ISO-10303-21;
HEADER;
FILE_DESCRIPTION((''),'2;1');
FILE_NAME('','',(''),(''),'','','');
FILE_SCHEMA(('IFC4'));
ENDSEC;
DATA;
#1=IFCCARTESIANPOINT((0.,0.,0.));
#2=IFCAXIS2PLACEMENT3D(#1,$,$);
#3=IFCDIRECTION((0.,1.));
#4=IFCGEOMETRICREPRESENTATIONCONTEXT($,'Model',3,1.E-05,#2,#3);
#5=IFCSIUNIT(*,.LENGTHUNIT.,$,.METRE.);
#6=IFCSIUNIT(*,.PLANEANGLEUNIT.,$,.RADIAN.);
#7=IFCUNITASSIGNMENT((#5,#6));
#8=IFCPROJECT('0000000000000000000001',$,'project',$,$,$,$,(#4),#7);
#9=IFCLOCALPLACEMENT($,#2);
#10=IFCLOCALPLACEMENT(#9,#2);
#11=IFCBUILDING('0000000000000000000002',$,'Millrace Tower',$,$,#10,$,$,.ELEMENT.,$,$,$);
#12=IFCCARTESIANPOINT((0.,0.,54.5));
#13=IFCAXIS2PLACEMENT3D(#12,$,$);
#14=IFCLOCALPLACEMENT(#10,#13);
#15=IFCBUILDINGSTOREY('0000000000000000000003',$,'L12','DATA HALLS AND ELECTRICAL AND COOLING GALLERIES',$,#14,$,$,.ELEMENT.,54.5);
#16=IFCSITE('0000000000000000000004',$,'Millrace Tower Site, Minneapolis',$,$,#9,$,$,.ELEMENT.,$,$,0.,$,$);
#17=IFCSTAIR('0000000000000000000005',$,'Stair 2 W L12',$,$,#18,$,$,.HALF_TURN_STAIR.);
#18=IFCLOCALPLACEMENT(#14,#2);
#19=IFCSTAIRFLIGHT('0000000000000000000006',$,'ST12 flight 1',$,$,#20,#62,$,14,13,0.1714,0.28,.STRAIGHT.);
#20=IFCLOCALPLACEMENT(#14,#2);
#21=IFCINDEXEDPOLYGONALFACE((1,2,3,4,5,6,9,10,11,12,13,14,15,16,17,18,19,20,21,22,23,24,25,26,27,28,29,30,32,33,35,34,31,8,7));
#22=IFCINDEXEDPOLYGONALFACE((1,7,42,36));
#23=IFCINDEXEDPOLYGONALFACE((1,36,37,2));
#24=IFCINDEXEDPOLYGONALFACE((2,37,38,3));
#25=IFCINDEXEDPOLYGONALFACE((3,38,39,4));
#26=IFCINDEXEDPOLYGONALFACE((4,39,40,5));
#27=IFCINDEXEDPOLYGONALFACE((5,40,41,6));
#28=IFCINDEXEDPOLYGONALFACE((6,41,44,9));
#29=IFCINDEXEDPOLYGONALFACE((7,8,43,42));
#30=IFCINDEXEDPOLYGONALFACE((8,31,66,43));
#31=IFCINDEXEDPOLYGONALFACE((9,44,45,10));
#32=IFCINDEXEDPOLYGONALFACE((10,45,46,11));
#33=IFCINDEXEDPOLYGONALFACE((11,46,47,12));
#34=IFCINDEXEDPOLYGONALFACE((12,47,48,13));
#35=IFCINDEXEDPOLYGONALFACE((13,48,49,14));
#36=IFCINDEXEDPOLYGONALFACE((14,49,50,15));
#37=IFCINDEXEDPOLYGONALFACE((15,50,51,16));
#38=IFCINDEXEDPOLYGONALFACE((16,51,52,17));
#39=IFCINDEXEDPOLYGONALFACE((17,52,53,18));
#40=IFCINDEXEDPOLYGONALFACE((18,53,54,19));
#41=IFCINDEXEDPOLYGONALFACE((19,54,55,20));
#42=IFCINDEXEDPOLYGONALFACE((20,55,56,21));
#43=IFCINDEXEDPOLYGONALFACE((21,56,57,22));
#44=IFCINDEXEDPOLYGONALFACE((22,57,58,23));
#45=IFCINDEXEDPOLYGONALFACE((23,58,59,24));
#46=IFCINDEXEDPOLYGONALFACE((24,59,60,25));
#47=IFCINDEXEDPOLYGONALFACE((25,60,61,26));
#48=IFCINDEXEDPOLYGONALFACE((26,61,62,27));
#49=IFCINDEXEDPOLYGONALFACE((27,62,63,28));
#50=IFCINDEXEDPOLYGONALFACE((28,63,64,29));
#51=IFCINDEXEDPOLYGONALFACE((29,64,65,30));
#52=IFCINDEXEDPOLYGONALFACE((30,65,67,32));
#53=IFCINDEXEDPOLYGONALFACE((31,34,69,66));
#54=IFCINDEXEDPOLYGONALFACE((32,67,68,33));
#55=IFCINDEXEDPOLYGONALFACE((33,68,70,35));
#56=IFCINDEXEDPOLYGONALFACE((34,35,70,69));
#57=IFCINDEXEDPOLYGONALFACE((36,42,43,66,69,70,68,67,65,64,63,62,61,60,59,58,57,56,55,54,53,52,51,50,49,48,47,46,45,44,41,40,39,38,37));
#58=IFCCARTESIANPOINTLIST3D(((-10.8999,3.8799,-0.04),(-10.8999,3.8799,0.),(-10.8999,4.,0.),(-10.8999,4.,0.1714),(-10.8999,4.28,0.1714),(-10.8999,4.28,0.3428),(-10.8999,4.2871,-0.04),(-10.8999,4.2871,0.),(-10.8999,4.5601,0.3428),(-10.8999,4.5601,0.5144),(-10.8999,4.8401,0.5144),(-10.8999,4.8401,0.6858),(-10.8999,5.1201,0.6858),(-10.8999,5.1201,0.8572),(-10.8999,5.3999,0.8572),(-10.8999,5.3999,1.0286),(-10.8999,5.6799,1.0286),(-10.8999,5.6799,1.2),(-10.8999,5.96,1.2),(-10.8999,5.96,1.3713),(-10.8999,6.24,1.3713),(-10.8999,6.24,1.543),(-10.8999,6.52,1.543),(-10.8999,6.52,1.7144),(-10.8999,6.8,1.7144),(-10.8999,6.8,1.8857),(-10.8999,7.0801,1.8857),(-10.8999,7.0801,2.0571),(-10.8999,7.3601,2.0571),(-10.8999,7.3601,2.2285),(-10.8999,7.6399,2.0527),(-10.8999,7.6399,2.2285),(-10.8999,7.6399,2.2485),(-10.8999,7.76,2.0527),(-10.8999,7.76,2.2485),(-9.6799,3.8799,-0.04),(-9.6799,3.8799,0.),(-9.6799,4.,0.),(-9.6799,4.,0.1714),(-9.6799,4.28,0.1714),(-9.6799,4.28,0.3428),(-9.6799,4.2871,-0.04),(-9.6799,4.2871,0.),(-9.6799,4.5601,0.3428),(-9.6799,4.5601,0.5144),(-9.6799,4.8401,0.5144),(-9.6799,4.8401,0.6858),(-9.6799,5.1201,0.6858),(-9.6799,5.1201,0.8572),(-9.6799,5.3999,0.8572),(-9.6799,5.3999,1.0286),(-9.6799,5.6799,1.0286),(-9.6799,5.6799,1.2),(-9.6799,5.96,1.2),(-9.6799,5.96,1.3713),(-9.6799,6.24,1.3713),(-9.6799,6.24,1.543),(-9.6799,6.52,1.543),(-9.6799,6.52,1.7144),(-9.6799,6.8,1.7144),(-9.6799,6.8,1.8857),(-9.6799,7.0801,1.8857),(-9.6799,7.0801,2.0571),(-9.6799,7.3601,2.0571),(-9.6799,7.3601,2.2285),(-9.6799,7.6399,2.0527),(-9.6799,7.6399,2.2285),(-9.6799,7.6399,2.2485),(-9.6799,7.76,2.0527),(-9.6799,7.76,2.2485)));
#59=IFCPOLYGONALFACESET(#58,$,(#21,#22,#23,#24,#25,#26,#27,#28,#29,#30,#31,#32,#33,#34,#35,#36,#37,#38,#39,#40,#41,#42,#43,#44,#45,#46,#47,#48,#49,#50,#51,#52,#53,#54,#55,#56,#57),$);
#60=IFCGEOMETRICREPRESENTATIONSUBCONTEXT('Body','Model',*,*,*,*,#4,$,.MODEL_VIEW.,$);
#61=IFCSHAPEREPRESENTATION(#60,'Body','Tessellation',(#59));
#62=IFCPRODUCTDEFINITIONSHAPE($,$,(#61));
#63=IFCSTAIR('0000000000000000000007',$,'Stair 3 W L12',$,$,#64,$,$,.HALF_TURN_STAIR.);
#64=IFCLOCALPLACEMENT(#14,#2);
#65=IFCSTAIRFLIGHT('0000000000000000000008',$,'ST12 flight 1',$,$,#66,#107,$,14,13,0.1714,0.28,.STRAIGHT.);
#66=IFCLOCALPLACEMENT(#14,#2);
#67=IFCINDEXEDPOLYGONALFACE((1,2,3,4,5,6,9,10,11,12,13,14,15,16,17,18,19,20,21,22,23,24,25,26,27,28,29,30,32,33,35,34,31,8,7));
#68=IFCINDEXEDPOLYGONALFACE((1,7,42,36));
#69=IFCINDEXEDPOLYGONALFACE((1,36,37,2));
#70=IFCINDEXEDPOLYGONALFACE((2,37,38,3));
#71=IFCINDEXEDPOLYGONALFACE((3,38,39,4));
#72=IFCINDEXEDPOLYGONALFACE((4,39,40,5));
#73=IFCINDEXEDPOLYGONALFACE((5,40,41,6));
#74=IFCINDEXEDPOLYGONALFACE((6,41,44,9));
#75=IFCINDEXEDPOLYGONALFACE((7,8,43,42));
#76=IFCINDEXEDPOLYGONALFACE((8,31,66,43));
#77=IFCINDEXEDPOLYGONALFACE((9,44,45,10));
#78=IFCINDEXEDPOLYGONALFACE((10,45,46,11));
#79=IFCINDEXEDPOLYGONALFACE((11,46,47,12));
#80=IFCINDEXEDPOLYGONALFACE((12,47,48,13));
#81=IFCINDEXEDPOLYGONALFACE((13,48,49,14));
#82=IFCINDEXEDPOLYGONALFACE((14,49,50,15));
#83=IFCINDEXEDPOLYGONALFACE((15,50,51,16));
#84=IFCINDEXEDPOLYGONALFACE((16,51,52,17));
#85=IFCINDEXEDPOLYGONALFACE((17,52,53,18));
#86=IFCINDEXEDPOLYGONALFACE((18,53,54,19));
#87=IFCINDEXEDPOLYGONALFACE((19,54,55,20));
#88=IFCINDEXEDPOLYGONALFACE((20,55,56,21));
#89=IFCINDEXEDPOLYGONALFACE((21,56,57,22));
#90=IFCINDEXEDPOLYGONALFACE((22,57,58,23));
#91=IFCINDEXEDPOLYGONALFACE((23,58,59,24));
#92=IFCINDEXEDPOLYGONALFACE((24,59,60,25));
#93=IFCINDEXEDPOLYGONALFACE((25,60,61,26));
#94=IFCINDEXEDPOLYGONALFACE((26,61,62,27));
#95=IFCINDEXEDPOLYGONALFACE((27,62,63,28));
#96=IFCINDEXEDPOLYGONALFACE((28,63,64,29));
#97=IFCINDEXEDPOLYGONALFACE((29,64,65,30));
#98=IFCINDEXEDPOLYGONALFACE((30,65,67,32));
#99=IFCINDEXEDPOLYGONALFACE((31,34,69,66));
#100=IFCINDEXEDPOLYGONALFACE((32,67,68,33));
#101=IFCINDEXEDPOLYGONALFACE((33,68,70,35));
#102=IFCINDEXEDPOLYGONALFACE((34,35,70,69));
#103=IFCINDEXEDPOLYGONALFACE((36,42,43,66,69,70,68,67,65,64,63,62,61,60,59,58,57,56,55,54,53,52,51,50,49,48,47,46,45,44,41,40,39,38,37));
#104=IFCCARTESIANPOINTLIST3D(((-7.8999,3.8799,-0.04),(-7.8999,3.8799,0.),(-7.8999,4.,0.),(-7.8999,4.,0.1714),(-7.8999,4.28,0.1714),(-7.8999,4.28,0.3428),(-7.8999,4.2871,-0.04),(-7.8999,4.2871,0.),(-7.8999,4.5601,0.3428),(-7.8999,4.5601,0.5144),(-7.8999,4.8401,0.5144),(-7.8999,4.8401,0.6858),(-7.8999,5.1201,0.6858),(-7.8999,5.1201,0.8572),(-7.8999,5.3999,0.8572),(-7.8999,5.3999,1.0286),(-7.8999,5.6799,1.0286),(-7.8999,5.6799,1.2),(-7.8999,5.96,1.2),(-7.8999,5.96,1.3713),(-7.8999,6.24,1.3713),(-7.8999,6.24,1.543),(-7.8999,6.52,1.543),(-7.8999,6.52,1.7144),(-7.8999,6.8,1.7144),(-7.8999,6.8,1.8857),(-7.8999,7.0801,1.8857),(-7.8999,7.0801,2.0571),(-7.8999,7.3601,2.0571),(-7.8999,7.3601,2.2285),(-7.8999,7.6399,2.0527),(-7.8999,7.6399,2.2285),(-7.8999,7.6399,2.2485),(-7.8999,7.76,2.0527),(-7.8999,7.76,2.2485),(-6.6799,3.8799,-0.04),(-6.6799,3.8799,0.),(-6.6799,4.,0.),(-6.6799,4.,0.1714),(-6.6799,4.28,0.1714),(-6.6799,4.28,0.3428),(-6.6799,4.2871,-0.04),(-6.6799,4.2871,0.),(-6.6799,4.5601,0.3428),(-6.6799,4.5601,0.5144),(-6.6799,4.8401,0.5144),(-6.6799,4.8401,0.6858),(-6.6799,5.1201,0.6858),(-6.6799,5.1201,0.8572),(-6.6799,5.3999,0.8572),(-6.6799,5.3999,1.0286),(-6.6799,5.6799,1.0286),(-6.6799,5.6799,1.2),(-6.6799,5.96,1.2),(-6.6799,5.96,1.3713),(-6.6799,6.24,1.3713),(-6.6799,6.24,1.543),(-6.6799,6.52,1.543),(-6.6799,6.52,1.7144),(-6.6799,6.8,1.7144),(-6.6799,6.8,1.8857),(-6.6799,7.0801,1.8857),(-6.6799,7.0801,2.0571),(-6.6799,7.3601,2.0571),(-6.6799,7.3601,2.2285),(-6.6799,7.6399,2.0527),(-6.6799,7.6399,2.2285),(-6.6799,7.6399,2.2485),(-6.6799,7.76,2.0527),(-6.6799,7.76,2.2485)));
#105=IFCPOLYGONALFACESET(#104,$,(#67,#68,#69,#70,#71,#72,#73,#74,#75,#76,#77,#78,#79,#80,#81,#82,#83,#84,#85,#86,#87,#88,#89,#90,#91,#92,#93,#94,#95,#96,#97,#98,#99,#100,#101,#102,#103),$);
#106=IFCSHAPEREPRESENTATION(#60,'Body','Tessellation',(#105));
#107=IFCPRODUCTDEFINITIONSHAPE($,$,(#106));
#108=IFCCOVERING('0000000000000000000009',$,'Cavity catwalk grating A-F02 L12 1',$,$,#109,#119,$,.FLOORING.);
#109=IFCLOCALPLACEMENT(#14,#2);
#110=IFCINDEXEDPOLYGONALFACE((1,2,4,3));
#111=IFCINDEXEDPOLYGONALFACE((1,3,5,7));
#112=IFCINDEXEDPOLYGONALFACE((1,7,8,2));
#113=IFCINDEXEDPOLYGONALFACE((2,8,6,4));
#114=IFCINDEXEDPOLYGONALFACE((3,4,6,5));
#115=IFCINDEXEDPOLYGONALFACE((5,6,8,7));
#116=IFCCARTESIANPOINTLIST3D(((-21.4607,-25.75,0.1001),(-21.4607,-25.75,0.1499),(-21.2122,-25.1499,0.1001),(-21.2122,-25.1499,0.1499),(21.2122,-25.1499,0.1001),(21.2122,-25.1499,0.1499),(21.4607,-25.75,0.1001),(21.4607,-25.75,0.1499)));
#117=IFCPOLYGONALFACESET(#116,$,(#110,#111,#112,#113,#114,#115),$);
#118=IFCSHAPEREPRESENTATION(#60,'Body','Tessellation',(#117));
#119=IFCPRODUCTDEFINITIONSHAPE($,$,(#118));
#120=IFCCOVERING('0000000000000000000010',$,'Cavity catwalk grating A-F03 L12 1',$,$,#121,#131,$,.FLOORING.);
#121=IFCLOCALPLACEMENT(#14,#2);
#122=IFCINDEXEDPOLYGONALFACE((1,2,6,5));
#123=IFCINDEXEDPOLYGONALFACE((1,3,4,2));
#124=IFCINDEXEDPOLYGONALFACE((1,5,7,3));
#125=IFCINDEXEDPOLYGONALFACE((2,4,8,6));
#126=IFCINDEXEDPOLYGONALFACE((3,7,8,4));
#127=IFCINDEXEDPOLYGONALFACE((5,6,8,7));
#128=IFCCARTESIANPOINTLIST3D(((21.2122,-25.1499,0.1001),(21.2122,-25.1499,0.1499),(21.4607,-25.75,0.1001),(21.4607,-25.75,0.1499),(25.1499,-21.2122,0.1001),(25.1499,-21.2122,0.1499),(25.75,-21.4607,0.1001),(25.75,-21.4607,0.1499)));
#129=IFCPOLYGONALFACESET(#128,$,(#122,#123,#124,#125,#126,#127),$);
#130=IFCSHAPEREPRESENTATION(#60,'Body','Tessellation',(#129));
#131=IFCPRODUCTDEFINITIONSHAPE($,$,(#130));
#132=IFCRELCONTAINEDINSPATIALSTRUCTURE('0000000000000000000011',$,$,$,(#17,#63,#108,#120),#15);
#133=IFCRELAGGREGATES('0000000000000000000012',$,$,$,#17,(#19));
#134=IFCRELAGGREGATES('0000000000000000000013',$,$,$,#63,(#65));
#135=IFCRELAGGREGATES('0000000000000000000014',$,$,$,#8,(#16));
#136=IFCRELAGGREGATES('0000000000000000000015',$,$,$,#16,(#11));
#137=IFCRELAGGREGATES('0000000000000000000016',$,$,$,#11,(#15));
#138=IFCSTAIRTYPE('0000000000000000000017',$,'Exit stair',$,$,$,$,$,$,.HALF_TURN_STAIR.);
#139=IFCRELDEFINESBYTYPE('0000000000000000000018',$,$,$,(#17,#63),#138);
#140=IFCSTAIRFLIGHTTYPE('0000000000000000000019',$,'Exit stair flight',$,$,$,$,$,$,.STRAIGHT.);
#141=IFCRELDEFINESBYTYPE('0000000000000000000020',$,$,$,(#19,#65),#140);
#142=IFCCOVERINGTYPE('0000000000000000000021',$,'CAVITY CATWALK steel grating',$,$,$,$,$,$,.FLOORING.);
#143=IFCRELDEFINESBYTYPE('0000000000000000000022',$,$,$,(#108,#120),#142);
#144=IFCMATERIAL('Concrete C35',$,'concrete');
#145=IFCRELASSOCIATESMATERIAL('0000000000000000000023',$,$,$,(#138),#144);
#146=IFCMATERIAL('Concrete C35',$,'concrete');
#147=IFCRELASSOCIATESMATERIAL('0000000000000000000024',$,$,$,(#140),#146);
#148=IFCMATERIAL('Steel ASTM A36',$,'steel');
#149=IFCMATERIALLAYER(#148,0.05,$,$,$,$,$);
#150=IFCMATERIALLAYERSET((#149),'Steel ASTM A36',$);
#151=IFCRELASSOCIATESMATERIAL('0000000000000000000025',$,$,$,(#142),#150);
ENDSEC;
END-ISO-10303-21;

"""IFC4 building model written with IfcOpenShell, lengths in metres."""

from ifc_helpers import new_model, si_unit, direction, frame, origin, place, context, subcontext, project, spatial, polyline, outline, extrude, material, layer, layer_set, type_object, element, aggregate, save


model = new_model("IFC4")

# Units and contexts
model_context = context("Model", 3, precision=1e-05, world=origin(), true_north=direction((0.0, 1.0)))
body_context = subcontext(model_context, "Body", "Model", "MODEL_VIEW")
ifc_project = project(units=[si_unit("LENGTHUNIT", "METRE"), si_unit("PLANEANGLEUNIT", "RADIAN")], contexts=[model_context])

# Site, building, storey
site_placement = place(None, origin())
site = spatial("IfcSite", under=ifc_project, at=site_placement, Name="Millrace Tower Site, Minneapolis", CompositionType="ELEMENT", RefElevation=0.0)
building_placement = place(site_placement, origin())
building = spatial("IfcBuilding", under=site, at=building_placement, Name="Millrace Tower", CompositionType="ELEMENT")
storey_placement = place(building_placement, frame((0.0, 0.0, 54.5)))
storey = spatial("IfcBuildingStorey", under=building, at=storey_placement, Name="L12", Description="DATA HALLS AND ELECTRICAL AND COOLING GALLERIES", CompositionType="ELEMENT", Elevation=54.5)

# Shared definitions
placement_1 = place(storey_placement, origin())

# Stairs, stair flights
ifc_material_1 = material(Name="Concrete C35", Category="concrete")
stair_type = type_object("IfcStairType", Name="Exit stair", PredefinedType="HALF_TURN_STAIR", material=ifc_material_1)
ifc_material_2 = material(Name="Concrete C35", Category="concrete")
stair_flight_type = type_object("IfcStairFlightType", Name="Exit stair flight", PredefinedType="STRAIGHT", material=ifc_material_2)
stair_1 = element("IfcStair", 1, at=placement_1, inside=storey, type_object=stair_type, Name="Stair 2 W L12", PredefinedType="HALF_TURN_STAIR")
stair_flight_1_placement = place(storey_placement, frame((-10.29, 4.0, 0.0), z_axis=(0.0, 0.0, 1.0), x_axis=(0.0, 1.0, 0.0)))
stair_flight_1 = element("IfcStairFlight", 2, at=stair_flight_1_placement, type_object=stair_flight_type, Name="ST12 flight 1", NumberOfRisers=14, NumberOfTreads=13, PredefinedType="STRAIGHT", RiserHeight=0.1714, TreadLength=0.28, context=body_context, shape_type="SweptSolid", body=[
    extrude(outline(polyline([(-0.1201, -0.04), (-0.1201, 0.0), (0.0, 0.0), (0.0, 0.1714), (0.28, 0.1714), (0.28, 0.3428), (0.5601, 0.3428), (0.5601, 0.5144), (0.8401, 0.5144), (0.8401, 0.6858), (1.1201, 0.6858), (1.1201, 0.8572), (1.3999, 0.8572), (1.3999, 1.0286), (1.6799, 1.0286), (1.6799, 1.2), (1.96, 1.2), (1.96, 1.3713), (2.24, 1.3713), (2.24, 1.543), (2.52, 1.543), (2.52, 1.7144), (2.8, 1.7144), (2.8, 1.8857), (3.0801, 1.8857), (3.0801, 2.0571), (3.3601, 2.0571), (3.3601, 2.2285), (3.6399, 2.2285), (3.6399, 2.2485), (3.76, 2.2485), (3.76, 2.0527), (3.6399, 2.0527), (0.2871, 0.0), (0.2871, -0.04), (-0.1201, -0.04)])), frame((0.0, 0.6099, 0.0), z_axis=(0.0, -1.0, 0.0), x_axis=(1.0, 0.0, 0.0)), (0.0, 0.0, 1.0), 1.22),
])
aggregate(stair_1, [stair_flight_1])
stair_2 = element("IfcStair", 3, at=placement_1, inside=storey, type_object=stair_type, Name="Stair 3 W L12", PredefinedType="HALF_TURN_STAIR")
stair_flight_2_placement = place(storey_placement, frame((-7.29, 4.0, 0.0), z_axis=(0.0, 0.0, 1.0), x_axis=(0.0, 1.0, 0.0)))
stair_flight_2 = element("IfcStairFlight", 4, at=stair_flight_2_placement, type_object=stair_flight_type, Name="ST12 flight 1", NumberOfRisers=14, NumberOfTreads=13, PredefinedType="STRAIGHT", RiserHeight=0.1714, TreadLength=0.28, context=body_context, shape_type="SweptSolid", body=[
    extrude(outline(polyline([(-0.1201, -0.04), (-0.1201, 0.0), (0.0, 0.0), (0.0, 0.1714), (0.28, 0.1714), (0.28, 0.3428), (0.5601, 0.3428), (0.5601, 0.5144), (0.8401, 0.5144), (0.8401, 0.6858), (1.1201, 0.6858), (1.1201, 0.8572), (1.3999, 0.8572), (1.3999, 1.0286), (1.6799, 1.0286), (1.6799, 1.2), (1.96, 1.2), (1.96, 1.3713), (2.24, 1.3713), (2.24, 1.543), (2.52, 1.543), (2.52, 1.7144), (2.8, 1.7144), (2.8, 1.8857), (3.0801, 1.8857), (3.0801, 2.0571), (3.3601, 2.0571), (3.3601, 2.2285), (3.6399, 2.2285), (3.6399, 2.2485), (3.76, 2.2485), (3.76, 2.0527), (3.6399, 2.0527), (0.2871, 0.0), (0.2871, -0.04), (-0.1201, -0.04)])), frame((0.0, 0.6099, 0.0), z_axis=(0.0, -1.0, 0.0), x_axis=(1.0, 0.0, 0.0)), (0.0, 0.0, 1.0), 1.22),
])
aggregate(stair_2, [stair_flight_2])

# Coverings
ifc_material_3 = material(Name="Steel ASTM A36", Category="steel")
ifc_layer_1 = layer(ifc_material_3, 0.05)
ifc_layer_set_1 = layer_set([ifc_layer_1], Name="Steel ASTM A36")
covering_type = type_object("IfcCoveringType", Name="CAVITY CATWALK steel grating", PredefinedType="FLOORING", material=ifc_layer_set_1)
placement_2 = place(storey_placement, frame((0.0, 0.0, 0.1001)))
element("IfcCovering", 5, at=placement_2, inside=storey, type_object=covering_type, Name="Cavity catwalk grating A-F02 L12 1", PredefinedType="FLOORING", context=body_context, shape_type="SweptSolid", body=[
    extrude(outline(polyline([(-21.4607, -25.75), (21.4607, -25.75), (21.2122, -25.1499), (-21.2122, -25.1499), (-21.4607, -25.75)])), origin(), (0.0, 0.0, 1.0), 0.0498),
])
element("IfcCovering", 6, at=placement_2, inside=storey, type_object=covering_type, Name="Cavity catwalk grating A-F03 L12 1", PredefinedType="FLOORING", context=body_context, shape_type="SweptSolid", body=[
    extrude(outline(polyline([(21.4607, -25.75), (25.75, -21.4607), (25.1499, -21.2122), (21.2122, -25.1499), (21.4607, -25.75)])), origin(), (0.0, 0.0, 1.0), 0.0498),
])

save(model, "model.ifc")
